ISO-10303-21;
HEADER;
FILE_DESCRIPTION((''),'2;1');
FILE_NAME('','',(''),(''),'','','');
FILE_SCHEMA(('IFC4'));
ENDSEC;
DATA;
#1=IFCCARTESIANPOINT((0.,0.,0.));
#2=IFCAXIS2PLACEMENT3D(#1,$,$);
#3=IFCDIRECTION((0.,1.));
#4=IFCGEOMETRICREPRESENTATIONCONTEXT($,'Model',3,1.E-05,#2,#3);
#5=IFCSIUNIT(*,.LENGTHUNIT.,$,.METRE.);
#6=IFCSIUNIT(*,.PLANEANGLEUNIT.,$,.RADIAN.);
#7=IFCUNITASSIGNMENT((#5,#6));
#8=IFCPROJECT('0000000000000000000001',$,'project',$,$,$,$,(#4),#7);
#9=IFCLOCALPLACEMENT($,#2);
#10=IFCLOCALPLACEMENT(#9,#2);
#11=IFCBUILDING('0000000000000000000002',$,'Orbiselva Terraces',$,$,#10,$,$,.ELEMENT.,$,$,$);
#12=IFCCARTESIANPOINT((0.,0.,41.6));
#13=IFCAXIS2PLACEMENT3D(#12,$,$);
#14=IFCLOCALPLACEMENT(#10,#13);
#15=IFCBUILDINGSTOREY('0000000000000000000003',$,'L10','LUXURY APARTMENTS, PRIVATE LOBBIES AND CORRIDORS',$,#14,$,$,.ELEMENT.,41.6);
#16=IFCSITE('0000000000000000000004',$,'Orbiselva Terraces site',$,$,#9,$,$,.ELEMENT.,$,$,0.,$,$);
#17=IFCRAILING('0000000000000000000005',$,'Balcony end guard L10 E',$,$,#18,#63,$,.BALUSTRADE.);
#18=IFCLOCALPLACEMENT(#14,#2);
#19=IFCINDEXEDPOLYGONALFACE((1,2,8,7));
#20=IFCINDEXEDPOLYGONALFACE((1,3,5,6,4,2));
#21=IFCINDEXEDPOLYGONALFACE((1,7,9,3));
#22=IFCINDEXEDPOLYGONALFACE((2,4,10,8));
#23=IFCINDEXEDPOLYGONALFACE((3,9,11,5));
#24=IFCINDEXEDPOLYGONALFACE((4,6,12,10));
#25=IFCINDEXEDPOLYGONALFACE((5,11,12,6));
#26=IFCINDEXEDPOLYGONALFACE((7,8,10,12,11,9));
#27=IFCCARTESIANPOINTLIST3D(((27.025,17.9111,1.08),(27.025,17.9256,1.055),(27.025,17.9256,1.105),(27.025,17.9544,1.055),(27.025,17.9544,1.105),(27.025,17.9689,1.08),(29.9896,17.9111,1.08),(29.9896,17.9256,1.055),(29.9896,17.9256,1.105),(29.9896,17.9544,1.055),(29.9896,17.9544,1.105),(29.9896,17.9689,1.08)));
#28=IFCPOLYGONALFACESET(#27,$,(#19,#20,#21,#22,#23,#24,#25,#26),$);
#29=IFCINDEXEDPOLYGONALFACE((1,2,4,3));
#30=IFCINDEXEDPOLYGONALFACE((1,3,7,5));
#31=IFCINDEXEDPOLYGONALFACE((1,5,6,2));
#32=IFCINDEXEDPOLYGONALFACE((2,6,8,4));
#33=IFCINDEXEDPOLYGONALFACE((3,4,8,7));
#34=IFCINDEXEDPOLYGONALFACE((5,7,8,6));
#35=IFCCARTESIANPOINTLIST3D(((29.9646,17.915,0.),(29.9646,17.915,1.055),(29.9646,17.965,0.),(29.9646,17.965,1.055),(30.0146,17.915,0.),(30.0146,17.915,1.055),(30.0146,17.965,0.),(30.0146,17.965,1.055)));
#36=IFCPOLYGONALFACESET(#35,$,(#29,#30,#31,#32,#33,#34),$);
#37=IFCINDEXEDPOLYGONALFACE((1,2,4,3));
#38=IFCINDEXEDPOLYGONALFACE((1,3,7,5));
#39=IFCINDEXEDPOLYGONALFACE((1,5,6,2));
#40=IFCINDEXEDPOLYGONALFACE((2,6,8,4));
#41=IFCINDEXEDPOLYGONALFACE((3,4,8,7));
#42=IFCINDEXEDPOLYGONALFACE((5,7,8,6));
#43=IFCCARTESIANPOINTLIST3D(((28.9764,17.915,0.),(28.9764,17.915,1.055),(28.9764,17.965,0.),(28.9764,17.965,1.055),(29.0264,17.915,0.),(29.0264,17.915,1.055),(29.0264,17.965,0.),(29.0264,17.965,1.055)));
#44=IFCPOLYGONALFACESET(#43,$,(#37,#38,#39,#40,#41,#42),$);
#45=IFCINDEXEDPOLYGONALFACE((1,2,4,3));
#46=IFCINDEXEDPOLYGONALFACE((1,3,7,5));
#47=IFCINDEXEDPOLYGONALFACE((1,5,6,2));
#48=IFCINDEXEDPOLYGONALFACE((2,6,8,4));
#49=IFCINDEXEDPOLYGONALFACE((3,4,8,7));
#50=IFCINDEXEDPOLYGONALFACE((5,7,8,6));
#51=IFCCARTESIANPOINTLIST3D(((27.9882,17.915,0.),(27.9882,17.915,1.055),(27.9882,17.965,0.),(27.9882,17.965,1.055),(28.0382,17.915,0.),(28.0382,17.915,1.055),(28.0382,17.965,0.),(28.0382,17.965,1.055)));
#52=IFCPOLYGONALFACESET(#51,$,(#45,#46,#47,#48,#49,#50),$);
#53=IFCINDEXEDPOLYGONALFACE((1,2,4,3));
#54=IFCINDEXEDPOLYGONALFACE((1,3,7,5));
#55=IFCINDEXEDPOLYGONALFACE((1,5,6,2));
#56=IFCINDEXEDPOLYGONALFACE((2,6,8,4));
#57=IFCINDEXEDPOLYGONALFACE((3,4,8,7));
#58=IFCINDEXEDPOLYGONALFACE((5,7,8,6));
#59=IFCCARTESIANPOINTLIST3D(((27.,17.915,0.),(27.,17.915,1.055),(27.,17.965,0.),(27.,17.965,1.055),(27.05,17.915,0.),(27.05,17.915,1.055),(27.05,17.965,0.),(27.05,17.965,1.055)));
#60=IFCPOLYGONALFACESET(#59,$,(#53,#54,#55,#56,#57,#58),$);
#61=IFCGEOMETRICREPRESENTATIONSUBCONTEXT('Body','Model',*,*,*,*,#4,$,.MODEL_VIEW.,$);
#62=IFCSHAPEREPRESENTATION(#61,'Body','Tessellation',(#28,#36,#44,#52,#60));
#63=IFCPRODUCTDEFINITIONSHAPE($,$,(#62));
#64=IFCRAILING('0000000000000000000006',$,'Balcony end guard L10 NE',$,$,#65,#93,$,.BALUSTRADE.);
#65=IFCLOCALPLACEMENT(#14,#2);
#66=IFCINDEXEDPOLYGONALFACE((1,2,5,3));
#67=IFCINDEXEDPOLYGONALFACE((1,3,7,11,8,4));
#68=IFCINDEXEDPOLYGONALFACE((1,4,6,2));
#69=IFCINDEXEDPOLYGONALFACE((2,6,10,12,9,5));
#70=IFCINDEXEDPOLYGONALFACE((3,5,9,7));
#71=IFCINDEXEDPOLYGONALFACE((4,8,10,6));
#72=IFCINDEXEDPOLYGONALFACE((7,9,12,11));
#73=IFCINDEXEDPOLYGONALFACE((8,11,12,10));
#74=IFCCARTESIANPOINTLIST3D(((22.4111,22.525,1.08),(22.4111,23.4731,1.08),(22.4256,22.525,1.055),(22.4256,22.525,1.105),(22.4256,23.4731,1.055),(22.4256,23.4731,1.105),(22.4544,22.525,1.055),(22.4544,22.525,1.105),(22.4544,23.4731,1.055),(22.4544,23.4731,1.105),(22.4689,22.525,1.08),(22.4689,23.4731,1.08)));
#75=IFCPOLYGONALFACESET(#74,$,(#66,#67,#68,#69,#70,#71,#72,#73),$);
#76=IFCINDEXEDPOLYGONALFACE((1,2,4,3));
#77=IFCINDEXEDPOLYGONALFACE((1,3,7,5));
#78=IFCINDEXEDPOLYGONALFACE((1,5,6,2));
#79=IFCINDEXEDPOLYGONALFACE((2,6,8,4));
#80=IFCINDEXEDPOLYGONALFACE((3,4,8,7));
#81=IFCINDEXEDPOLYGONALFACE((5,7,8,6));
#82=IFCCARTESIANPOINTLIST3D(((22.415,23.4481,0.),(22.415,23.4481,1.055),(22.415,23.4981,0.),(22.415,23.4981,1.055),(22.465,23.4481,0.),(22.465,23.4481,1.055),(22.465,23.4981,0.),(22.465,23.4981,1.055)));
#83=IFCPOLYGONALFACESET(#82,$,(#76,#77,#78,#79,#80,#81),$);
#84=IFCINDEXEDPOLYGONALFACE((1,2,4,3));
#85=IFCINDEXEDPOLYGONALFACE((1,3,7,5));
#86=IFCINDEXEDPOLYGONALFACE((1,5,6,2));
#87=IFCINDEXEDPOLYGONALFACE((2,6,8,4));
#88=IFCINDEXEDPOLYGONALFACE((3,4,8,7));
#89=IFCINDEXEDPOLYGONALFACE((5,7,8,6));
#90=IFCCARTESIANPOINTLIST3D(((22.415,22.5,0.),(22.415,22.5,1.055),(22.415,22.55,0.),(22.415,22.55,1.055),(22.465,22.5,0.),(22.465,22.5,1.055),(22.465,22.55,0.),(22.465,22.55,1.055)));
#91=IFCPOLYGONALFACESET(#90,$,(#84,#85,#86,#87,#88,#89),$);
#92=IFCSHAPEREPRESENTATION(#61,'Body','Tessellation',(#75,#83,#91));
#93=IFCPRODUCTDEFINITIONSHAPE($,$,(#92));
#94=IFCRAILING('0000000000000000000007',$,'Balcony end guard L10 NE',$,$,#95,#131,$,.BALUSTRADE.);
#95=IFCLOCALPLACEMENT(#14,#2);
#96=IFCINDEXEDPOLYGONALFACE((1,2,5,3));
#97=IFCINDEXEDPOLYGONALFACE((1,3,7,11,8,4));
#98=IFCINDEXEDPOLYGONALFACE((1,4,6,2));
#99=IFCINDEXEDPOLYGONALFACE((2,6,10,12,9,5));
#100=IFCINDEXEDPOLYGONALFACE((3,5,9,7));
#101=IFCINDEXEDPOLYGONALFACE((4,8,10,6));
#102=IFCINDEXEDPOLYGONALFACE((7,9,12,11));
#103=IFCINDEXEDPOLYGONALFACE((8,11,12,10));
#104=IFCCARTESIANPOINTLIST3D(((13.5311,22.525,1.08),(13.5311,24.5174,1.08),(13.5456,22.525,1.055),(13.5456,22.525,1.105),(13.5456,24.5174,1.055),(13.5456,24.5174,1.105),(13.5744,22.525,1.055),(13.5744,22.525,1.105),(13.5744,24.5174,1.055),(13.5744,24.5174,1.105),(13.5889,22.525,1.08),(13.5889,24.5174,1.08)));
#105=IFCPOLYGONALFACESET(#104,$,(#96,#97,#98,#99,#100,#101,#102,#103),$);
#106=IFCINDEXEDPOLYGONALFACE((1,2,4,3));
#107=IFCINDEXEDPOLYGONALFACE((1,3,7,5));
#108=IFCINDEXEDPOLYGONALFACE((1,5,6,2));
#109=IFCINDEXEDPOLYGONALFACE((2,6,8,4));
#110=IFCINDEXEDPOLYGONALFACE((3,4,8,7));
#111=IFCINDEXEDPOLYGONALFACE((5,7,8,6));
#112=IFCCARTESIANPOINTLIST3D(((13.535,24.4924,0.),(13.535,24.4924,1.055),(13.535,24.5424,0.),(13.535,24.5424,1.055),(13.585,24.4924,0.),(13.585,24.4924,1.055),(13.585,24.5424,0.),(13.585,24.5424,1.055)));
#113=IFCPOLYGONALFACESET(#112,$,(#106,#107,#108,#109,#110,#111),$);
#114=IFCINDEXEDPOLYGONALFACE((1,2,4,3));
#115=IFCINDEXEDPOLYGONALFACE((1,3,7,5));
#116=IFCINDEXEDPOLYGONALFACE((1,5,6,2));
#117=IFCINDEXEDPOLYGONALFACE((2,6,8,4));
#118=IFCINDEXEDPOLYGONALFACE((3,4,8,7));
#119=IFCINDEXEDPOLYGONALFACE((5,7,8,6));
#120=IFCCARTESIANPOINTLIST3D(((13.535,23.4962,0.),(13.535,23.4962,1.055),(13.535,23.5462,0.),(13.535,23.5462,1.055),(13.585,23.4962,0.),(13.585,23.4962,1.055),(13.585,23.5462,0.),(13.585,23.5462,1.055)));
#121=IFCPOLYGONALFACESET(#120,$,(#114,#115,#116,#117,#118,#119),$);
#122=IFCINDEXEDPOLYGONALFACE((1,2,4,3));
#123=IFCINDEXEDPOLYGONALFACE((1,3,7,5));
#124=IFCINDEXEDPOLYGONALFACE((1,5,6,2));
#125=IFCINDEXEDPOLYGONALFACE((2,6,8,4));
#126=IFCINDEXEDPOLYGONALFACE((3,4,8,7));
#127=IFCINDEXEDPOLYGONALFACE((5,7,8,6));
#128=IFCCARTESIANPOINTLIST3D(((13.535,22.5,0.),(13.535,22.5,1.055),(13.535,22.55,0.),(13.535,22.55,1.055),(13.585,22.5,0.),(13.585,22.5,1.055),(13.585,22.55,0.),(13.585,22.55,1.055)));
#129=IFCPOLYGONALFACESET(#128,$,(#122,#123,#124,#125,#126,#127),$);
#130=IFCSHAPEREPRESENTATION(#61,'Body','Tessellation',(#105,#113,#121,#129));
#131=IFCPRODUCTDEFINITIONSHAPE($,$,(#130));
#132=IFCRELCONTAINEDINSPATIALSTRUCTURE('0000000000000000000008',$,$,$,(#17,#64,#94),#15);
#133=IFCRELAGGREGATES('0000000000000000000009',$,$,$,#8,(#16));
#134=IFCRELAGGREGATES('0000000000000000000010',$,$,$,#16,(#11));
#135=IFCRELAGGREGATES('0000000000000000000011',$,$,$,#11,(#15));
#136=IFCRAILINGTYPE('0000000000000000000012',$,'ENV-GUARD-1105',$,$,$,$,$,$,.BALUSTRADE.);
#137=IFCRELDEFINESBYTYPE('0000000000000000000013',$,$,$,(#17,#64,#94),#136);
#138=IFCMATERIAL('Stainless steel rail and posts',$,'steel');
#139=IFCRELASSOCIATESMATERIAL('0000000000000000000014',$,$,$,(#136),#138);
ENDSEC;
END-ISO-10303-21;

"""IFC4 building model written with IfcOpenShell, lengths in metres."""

from ifc_helpers import new_model, si_unit, direction, frame, origin, origin_2d, place, context, subcontext, project, spatial, polyline, rectangle, outline, extrude, material, type_object, element, save


model = new_model("IFC4")

# Units and contexts
model_context = context("Model", 3, precision=1e-05, world=origin(), true_north=direction((0.0, 1.0)))
body_context = subcontext(model_context, "Body", "Model", "MODEL_VIEW")
ifc_project = project(units=[si_unit("LENGTHUNIT", "METRE"), si_unit("PLANEANGLEUNIT", "RADIAN")], contexts=[model_context])

# Site, building, storey
site_placement = place(None, origin())
site = spatial("IfcSite", under=ifc_project, at=site_placement, Name="Orbiselva Terraces site", CompositionType="ELEMENT", RefElevation=0.0)
building_placement = place(site_placement, origin())
building = spatial("IfcBuilding", under=site, at=building_placement, Name="Orbiselva Terraces", CompositionType="ELEMENT")
storey_placement = place(building_placement, frame((0.0, 0.0, 41.6)))
storey = spatial("IfcBuildingStorey", under=building, at=storey_placement, Name="L10", Description="LUXURY APARTMENTS, PRIVATE LOBBIES AND CORRIDORS", CompositionType="ELEMENT", Elevation=41.6)

# Railings
ifc_material_1 = material(Name="Stainless steel rail and posts", Category="steel")
railing_type_1 = type_object("IfcRailingType", Name="ENV-GUARD-1105", PredefinedType="BALUSTRADE", material=ifc_material_1)
railing_1_placement = place(storey_placement, frame((29.9896, 17.94, 0.0)))
element("IfcRailing", 1, at=railing_1_placement, inside=storey, type_object=railing_type_1, Name="Balcony end guard L10 E", PredefinedType="BALUSTRADE", context=body_context, shape_type="SweptSolid", body=[
    extrude(outline(polyline([(0.0289, 0.0), (0.0144, 0.025), (-0.0144, 0.025), (-0.0289, 0.0), (-0.0144, -0.025), (0.0144, -0.025), (0.0289, 0.0)])), frame((0.0, 0.0, 1.08), z_axis=(-1.0, 0.0, 0.0), x_axis=(0.0, -1.0, 0.0)), (0.0, 0.0, 1.0), 2.9646),
    extrude(rectangle(XDim=0.05, YDim=0.05, at=origin_2d()), origin(), (0.0, 0.0, 1.0), 1.055),
    extrude(rectangle(XDim=0.05, YDim=0.05, at=origin_2d()), frame((-0.9882, 0.0, 0.0)), (0.0, 0.0, 1.0), 1.055),
    extrude(rectangle(XDim=0.05, YDim=0.05, at=origin_2d()), frame((-1.9764, 0.0, 0.0)), (0.0, 0.0, 1.0), 1.055),
    extrude(rectangle(XDim=0.05, YDim=0.05, at=origin_2d()), frame((-2.9646, 0.0, 0.0)), (0.0, 0.0, 1.0), 1.055),
])
railing_2_placement = place(storey_placement, frame((22.44, 23.4731, 0.0)))
element("IfcRailing", 2, at=railing_2_placement, inside=storey, type_object=railing_type_1, Name="Balcony end guard L10 NE", PredefinedType="BALUSTRADE", context=body_context, shape_type="SweptSolid", body=[
    extrude(outline(polyline([(0.0289, 0.0), (0.0144, 0.025), (-0.0144, 0.025), (-0.0289, 0.0), (-0.0144, -0.025), (0.0144, -0.025), (0.0289, 0.0)])), frame((0.0, 0.0, 1.08), z_axis=(0.0, -1.0, 0.0), x_axis=(1.0, 0.0, 0.0)), (0.0, 0.0, 1.0), 0.9481),
    extrude(rectangle(XDim=0.05, YDim=0.05, at=origin_2d()), origin(), (0.0, 0.0, 1.0), 1.055),
    extrude(rectangle(XDim=0.05, YDim=0.05, at=origin_2d()), frame((0.0, -0.9481, 0.0)), (0.0, 0.0, 1.0), 1.055),
])
railing_3_placement = place(storey_placement, frame((13.56, 24.5174, 0.0)))
element("IfcRailing", 3, at=railing_3_placement, inside=storey, type_object=railing_type_1, Name="Balcony end guard L10 NE", PredefinedType="BALUSTRADE", context=body_context, shape_type="SweptSolid", body=[
    extrude(outline(polyline([(0.0289, 0.0), (0.0144, 0.025), (-0.0144, 0.025), (-0.0289, 0.0), (-0.0144, -0.025), (0.0144, -0.025), (0.0289, 0.0)])), frame((0.0, 0.0, 1.08), z_axis=(0.0, -1.0, 0.0), x_axis=(1.0, 0.0, 0.0)), (0.0, 0.0, 1.0), 1.9924),
    extrude(rectangle(XDim=0.05, YDim=0.05, at=origin_2d()), origin(), (0.0, 0.0, 1.0), 1.055),
    extrude(rectangle(XDim=0.05, YDim=0.05, at=origin_2d()), frame((0.0, -0.9962, 0.0)), (0.0, 0.0, 1.0), 1.055),
    extrude(rectangle(XDim=0.05, YDim=0.05, at=origin_2d()), frame((0.0, -1.9924, 0.0)), (0.0, 0.0, 1.0), 1.055),
])

save(model, "model.ifc")
